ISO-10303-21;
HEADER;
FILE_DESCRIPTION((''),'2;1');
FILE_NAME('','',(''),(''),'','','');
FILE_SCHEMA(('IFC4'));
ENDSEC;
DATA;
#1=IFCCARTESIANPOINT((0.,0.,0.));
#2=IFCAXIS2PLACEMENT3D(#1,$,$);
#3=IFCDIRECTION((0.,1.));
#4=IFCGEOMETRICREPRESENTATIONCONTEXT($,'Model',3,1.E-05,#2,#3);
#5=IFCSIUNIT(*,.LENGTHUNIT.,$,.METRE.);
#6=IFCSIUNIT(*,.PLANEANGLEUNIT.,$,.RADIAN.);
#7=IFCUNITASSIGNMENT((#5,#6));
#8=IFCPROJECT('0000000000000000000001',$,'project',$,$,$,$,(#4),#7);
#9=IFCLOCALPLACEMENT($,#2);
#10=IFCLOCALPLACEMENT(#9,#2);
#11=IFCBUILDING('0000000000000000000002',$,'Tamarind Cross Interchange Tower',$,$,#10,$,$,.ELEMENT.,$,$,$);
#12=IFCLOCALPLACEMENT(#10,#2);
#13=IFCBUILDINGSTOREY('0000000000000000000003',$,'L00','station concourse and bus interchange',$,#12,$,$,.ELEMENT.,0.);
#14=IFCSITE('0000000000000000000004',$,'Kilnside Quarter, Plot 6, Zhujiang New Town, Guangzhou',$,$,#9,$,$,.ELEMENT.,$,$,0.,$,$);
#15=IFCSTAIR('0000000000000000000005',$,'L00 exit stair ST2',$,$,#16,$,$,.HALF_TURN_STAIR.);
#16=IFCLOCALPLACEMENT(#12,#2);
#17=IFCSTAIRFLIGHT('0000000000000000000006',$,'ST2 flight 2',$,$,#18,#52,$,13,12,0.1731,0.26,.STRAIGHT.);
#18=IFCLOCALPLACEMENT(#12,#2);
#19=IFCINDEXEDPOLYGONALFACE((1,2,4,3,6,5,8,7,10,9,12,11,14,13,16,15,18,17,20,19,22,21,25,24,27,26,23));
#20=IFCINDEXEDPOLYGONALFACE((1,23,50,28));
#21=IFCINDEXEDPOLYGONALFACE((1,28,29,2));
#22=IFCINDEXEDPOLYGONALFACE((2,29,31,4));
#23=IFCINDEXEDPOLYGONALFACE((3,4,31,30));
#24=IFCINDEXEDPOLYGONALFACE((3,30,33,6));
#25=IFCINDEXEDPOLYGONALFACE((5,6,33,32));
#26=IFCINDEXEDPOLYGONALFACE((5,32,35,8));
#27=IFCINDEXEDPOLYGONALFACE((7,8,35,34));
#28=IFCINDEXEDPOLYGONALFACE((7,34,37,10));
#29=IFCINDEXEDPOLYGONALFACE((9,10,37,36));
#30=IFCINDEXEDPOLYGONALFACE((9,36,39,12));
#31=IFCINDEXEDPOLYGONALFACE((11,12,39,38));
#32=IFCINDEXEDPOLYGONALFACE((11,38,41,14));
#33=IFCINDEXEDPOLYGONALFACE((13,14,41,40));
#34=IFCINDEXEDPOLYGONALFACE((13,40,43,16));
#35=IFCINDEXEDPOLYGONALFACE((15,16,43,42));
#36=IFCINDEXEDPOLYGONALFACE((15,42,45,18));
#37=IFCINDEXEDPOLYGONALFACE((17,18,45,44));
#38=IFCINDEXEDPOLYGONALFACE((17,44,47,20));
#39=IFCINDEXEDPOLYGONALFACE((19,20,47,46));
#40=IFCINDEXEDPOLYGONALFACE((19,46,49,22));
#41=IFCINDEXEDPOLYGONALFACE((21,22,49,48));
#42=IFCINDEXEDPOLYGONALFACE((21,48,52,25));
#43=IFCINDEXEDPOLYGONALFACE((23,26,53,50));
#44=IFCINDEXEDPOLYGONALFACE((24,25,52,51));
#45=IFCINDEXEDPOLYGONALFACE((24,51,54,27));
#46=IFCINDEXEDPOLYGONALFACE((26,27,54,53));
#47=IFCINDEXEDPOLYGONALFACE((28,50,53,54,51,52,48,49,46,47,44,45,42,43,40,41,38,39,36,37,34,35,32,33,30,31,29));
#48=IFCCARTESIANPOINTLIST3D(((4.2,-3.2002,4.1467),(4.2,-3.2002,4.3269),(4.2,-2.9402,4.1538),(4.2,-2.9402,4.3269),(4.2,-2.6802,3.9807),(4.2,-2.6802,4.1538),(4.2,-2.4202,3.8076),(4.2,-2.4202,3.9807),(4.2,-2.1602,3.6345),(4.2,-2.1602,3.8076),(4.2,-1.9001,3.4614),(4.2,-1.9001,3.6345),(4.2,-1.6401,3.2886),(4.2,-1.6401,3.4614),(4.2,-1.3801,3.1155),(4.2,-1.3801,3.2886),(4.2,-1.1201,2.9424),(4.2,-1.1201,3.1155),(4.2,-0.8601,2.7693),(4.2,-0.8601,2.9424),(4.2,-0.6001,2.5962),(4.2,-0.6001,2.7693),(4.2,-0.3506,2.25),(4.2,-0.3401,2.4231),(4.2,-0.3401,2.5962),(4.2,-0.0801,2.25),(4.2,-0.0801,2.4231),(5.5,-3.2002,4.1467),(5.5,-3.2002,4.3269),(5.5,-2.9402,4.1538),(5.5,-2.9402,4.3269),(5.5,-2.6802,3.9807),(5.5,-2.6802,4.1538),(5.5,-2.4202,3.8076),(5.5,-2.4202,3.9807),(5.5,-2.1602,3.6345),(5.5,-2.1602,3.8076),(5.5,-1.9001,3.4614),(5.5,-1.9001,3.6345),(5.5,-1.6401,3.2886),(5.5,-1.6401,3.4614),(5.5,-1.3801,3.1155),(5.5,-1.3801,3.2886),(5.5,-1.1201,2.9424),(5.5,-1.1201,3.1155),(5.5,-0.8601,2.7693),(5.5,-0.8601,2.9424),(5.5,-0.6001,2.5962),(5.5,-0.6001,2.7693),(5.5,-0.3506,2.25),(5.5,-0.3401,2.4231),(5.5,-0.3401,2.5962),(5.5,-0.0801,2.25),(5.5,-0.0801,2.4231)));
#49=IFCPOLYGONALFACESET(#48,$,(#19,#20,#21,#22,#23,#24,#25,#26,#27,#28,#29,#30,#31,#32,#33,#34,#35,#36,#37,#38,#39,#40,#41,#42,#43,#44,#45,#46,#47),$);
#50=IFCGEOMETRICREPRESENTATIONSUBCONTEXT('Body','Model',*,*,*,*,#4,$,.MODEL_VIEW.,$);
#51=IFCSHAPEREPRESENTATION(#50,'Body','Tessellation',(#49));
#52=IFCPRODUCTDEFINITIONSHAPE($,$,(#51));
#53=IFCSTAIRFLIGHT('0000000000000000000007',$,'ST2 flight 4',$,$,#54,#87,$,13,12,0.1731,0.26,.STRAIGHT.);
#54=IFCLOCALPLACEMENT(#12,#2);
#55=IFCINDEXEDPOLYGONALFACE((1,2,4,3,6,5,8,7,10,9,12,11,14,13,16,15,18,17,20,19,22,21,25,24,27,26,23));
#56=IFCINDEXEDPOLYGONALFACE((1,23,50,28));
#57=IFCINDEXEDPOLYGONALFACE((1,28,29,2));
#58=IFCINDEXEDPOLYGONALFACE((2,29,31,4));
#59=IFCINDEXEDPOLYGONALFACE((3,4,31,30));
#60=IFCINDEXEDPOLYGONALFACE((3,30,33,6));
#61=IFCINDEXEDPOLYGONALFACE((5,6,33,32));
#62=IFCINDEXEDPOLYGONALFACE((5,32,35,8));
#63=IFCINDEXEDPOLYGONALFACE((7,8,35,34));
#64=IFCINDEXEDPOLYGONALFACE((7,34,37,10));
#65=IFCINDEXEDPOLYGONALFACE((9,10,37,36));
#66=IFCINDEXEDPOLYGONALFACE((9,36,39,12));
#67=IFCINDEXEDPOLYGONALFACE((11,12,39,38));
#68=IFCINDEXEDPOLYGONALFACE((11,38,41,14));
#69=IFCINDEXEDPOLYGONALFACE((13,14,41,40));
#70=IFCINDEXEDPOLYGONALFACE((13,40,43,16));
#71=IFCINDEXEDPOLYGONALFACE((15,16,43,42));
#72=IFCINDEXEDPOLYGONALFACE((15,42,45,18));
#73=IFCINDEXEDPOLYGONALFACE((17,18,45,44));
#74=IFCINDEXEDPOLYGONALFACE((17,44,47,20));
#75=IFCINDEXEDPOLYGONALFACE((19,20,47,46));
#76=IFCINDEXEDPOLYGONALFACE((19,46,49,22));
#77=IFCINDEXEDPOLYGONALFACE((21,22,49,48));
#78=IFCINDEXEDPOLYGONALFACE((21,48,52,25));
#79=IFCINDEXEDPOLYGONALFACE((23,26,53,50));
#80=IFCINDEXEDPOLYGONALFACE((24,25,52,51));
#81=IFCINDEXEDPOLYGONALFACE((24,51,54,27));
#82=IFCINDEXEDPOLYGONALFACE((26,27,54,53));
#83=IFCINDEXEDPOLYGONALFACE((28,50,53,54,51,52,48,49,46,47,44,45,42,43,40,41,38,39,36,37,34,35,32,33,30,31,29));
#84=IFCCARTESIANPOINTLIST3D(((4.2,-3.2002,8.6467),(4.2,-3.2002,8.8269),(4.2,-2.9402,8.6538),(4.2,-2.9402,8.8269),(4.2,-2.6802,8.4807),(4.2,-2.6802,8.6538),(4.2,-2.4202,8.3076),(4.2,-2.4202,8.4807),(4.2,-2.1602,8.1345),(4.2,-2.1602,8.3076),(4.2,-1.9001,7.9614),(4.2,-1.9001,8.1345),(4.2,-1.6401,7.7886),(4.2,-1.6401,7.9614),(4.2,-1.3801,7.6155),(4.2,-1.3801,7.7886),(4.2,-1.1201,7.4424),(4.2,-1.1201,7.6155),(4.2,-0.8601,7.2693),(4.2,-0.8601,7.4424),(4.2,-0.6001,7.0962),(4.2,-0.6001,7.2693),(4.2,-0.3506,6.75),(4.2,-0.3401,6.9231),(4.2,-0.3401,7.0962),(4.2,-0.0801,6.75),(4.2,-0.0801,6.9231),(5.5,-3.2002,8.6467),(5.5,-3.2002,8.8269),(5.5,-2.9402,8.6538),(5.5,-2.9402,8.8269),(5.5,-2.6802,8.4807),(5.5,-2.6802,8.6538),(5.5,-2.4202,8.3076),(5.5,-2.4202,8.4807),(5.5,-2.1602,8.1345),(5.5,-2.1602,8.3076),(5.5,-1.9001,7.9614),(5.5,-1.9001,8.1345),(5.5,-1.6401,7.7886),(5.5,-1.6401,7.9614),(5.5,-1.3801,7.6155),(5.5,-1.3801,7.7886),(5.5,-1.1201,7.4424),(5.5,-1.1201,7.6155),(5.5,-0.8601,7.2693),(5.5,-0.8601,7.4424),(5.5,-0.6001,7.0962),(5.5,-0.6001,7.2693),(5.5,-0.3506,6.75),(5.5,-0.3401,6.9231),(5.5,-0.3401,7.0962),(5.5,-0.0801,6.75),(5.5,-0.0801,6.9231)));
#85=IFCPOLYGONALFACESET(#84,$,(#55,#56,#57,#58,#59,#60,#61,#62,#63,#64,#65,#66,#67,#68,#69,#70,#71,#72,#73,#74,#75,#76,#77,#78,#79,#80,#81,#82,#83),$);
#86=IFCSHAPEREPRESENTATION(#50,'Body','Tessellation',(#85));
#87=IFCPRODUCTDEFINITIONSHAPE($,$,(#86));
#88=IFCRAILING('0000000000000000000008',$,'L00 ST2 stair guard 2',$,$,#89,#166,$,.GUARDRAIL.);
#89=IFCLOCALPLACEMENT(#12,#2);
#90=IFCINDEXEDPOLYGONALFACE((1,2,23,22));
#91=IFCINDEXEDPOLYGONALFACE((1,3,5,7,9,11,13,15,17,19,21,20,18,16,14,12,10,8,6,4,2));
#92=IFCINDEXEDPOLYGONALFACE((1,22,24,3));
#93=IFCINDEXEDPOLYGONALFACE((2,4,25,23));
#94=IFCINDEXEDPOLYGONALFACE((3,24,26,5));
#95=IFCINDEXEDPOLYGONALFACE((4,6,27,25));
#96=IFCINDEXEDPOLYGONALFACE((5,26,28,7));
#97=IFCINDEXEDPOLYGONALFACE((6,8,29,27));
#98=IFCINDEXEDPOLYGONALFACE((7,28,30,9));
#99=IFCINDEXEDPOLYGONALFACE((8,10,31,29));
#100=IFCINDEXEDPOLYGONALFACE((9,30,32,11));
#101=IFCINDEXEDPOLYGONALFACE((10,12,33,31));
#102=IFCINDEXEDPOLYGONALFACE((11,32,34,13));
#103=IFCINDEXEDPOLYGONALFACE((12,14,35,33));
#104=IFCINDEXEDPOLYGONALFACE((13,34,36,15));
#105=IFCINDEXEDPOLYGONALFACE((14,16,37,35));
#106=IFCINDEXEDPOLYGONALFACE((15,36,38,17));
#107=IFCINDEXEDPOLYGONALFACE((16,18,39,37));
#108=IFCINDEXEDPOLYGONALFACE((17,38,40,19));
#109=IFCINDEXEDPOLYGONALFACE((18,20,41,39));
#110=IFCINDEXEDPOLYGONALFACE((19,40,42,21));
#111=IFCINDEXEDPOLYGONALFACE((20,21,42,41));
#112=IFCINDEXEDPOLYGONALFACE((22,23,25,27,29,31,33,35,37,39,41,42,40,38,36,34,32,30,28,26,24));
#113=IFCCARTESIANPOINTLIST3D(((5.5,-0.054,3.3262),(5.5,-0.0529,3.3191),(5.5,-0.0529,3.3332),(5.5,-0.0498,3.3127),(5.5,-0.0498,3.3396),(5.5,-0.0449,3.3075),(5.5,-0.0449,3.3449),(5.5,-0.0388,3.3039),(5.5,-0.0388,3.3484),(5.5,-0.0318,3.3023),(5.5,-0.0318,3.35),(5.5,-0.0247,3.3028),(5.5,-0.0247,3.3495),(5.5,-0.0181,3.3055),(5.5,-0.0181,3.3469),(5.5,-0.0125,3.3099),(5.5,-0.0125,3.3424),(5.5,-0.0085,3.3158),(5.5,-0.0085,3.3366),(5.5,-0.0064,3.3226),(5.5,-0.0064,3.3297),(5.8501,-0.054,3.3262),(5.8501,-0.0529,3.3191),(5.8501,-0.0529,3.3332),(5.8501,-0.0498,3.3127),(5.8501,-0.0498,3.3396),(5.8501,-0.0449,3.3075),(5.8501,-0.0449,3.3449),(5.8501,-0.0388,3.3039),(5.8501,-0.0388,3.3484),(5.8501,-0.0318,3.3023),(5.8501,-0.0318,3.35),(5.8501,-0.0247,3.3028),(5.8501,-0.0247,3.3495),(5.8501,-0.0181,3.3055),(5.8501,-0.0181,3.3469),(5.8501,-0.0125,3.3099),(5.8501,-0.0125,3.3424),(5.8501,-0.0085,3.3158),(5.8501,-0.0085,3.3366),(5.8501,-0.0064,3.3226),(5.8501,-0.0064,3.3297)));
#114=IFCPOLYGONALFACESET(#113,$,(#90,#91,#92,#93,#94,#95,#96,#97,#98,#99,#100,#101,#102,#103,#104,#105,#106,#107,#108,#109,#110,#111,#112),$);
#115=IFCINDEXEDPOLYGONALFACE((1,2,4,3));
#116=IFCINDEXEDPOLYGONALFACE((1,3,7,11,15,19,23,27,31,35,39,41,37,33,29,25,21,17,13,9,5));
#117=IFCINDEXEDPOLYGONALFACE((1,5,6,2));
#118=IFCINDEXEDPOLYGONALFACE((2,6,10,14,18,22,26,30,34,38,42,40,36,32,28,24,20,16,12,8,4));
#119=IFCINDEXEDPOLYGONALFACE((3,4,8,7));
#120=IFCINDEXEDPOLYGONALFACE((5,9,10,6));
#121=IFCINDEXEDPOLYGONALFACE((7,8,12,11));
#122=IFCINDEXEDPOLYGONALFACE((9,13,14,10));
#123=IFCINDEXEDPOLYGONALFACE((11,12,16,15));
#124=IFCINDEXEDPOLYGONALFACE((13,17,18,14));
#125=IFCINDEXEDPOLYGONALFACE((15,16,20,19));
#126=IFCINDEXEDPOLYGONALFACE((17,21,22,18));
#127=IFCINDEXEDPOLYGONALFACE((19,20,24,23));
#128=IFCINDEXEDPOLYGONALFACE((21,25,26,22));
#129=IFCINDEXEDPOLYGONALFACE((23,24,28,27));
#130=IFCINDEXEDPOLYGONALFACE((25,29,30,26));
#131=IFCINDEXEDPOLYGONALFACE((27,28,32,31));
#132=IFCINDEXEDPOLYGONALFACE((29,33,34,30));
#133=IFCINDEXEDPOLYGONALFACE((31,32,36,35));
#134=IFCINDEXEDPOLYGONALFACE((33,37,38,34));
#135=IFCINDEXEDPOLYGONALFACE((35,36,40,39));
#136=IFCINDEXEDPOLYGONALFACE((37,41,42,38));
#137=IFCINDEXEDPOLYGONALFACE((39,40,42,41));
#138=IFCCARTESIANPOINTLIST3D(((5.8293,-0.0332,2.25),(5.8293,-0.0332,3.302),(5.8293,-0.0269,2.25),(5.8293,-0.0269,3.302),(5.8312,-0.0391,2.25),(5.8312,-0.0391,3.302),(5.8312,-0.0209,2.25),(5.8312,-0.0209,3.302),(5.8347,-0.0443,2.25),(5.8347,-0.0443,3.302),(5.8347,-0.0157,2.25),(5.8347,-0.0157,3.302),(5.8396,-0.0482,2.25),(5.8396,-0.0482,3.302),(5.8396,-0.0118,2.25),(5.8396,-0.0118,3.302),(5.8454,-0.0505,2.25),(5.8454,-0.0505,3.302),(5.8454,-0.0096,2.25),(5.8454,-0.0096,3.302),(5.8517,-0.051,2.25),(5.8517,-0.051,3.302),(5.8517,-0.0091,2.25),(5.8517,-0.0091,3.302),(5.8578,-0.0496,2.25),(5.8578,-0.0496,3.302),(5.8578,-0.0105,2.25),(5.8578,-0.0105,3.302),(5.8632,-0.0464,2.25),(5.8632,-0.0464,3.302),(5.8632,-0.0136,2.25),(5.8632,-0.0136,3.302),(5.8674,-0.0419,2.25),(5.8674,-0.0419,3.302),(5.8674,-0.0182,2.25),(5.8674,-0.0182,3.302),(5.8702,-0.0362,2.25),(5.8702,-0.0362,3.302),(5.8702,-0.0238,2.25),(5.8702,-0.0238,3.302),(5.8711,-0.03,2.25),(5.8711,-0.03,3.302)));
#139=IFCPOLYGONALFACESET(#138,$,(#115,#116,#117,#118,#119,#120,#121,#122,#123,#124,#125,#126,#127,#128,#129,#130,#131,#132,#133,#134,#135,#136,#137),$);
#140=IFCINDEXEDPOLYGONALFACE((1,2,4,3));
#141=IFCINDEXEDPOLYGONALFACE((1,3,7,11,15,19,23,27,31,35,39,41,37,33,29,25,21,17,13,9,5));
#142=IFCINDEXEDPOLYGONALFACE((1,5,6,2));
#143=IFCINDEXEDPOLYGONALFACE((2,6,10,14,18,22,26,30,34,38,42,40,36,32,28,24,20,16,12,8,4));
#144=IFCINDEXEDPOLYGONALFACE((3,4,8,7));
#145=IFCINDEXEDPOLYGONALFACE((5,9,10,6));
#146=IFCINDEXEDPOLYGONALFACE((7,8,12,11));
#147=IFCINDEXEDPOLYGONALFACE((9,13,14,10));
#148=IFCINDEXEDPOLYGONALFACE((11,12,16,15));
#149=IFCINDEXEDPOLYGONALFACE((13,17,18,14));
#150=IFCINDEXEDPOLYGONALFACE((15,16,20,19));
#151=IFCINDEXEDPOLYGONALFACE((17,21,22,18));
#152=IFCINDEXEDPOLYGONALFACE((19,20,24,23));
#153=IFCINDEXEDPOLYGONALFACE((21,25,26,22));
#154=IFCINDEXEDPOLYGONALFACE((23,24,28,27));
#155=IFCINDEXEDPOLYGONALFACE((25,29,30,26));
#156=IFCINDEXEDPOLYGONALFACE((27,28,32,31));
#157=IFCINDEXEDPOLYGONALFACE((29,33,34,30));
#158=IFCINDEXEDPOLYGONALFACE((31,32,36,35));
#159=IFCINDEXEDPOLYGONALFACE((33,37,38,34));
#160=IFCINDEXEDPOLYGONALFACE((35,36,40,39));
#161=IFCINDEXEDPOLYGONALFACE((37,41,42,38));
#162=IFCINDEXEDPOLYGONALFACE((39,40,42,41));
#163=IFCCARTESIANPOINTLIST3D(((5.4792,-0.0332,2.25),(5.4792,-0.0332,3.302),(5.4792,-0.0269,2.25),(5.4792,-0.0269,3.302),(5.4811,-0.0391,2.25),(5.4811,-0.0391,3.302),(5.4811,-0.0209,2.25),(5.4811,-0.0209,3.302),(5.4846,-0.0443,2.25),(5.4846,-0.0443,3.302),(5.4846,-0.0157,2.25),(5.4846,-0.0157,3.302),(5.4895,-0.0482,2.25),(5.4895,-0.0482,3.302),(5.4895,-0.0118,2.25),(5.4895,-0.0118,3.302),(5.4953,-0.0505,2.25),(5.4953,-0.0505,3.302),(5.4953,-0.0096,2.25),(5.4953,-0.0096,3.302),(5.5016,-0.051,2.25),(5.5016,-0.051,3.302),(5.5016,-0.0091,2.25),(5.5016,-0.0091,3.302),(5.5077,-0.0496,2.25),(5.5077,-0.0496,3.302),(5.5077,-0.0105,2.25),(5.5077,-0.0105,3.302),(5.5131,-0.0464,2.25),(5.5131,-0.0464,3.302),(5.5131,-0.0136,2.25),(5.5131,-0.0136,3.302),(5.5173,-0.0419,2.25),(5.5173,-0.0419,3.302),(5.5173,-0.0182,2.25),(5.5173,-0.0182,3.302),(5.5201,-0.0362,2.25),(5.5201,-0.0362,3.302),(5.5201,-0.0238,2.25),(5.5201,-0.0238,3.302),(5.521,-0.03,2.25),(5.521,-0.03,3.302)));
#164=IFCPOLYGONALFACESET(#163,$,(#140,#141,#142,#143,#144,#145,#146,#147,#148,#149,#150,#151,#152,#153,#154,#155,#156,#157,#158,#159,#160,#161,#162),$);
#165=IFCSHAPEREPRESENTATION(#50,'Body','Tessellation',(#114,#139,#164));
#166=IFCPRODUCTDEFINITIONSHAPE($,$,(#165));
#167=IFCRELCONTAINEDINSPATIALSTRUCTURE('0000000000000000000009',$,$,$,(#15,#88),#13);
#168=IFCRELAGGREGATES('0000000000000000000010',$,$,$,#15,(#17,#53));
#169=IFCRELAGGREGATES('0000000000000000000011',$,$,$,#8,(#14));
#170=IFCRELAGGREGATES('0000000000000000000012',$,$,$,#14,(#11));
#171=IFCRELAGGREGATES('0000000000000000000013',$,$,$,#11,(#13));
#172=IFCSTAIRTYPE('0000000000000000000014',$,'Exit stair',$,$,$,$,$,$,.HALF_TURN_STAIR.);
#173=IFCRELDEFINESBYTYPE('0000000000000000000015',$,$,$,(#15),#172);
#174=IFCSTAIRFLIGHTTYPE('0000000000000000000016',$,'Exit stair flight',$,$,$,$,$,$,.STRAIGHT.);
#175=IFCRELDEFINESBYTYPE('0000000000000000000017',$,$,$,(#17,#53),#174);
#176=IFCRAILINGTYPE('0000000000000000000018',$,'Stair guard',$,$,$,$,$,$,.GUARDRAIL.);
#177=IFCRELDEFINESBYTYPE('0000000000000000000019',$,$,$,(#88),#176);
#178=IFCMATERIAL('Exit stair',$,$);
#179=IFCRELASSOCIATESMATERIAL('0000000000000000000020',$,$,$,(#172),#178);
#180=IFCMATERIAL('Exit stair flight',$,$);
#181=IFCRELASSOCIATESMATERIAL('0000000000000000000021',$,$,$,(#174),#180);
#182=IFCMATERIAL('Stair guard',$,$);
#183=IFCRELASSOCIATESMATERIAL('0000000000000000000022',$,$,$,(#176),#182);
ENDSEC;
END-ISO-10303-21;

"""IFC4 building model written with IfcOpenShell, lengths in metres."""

from ifc_helpers import new_model, si_unit, direction, frame, origin, origin_2d, place, context, subcontext, project, spatial, polyline, circle, outline, extrude, material, type_object, element, aggregate, save


model = new_model("IFC4")

# Units and contexts
model_context = context("Model", 3, precision=1e-05, world=origin(), true_north=direction((0.0, 1.0)))
body_context = subcontext(model_context, "Body", "Model", "MODEL_VIEW")
ifc_project = project(units=[si_unit("LENGTHUNIT", "METRE"), si_unit("PLANEANGLEUNIT", "RADIAN")], contexts=[model_context])

# Site, building, storey
site_placement = place(None, origin())
site = spatial("IfcSite", under=ifc_project, at=site_placement, Name="Kilnside Quarter, Plot 6, Zhujiang New Town, Guangzhou", CompositionType="ELEMENT", RefElevation=0.0)
building_placement = place(site_placement, origin())
building = spatial("IfcBuilding", under=site, at=building_placement, Name="Tamarind Cross Interchange Tower", CompositionType="ELEMENT")
storey_placement = place(building_placement, origin())
storey = spatial("IfcBuildingStorey", under=building, at=storey_placement, Name="L00", Description="station concourse and bus interchange", CompositionType="ELEMENT", Elevation=0.0)

# Stair, stair flights
ifc_material_1 = material(Name="Exit stair")
stair_type = type_object("IfcStairType", Name="Exit stair", PredefinedType="HALF_TURN_STAIR", material=ifc_material_1)
stair_placement = place(storey_placement, origin())
stair = element("IfcStair", 1, at=stair_placement, inside=storey, type_object=stair_type, Name="L00 exit stair ST2", PredefinedType="HALF_TURN_STAIR")
ifc_material_2 = material(Name="Exit stair flight")
stair_flight_type = type_object("IfcStairFlightType", Name="Exit stair flight", PredefinedType="STRAIGHT", material=ifc_material_2)
stair_flight_1_placement = place(storey_placement, frame((4.8501, -0.0801, 2.25), z_axis=(0.0, 0.0, 1.0), x_axis=(0.0, -1.0, 0.0)))
stair_flight_1 = element("IfcStairFlight", 2, at=stair_flight_1_placement, type_object=stair_flight_type, Name="ST2 flight 2", NumberOfRisers=13, NumberOfTreads=12, PredefinedType="STRAIGHT", RiserHeight=0.1731, TreadLength=0.26, context=body_context, shape_type="SweptSolid", body=[
    extrude(outline(polyline([(0.0, 0.0), (0.0, 0.1731), (0.26, 0.1731), (0.26, 0.3462), (0.52, 0.3462), (0.52, 0.5193), (0.78, 0.5193), (0.78, 0.6924), (1.04, 0.6924), (1.04, 0.8655), (1.3, 0.8655), (1.3, 1.0386), (1.5601, 1.0386), (1.5601, 1.2114), (1.8201, 1.2114), (1.8201, 1.3845), (2.0801, 1.3845), (2.0801, 1.5576), (2.3401, 1.5576), (2.3401, 1.7307), (2.6001, 1.7307), (2.6001, 1.9038), (2.8601, 1.9038), (2.8601, 2.0769), (3.1201, 2.0769), (3.1201, 2.25), (3.1201, 1.8967), (0.2705, 0.0), (0.0, 0.0)])), frame((0.0, 0.6499, 0.0), z_axis=(0.0, -1.0, 0.0), x_axis=(1.0, 0.0, 0.0)), (0.0, 0.0, 1.0), 1.3),
])
stair_flight_2_placement = place(storey_placement, frame((4.8501, -0.0801, 6.75), z_axis=(0.0, 0.0, 1.0), x_axis=(0.0, -1.0, 0.0)))
stair_flight_2 = element("IfcStairFlight", 3, at=stair_flight_2_placement, type_object=stair_flight_type, Name="ST2 flight 4", NumberOfRisers=13, NumberOfTreads=12, PredefinedType="STRAIGHT", RiserHeight=0.1731, TreadLength=0.26, context=body_context, shape_type="SweptSolid", body=[
    extrude(outline(polyline([(0.0, 0.0), (0.0, 0.1731), (0.26, 0.1731), (0.26, 0.3462), (0.52, 0.3462), (0.52, 0.5193), (0.78, 0.5193), (0.78, 0.6924), (1.04, 0.6924), (1.04, 0.8655), (1.3, 0.8655), (1.3, 1.0386), (1.5601, 1.0386), (1.5601, 1.2114), (1.8201, 1.2114), (1.8201, 1.3845), (2.0801, 1.3845), (2.0801, 1.5576), (2.3401, 1.5576), (2.3401, 1.7307), (2.6001, 1.7307), (2.6001, 1.9038), (2.8601, 1.9038), (2.8601, 2.0769), (3.1201, 2.0769), (3.1201, 2.25), (3.1201, 1.8967), (0.2705, 0.0), (0.0, 0.0)])), frame((0.0, 0.6499, 0.0), z_axis=(0.0, -1.0, 0.0), x_axis=(1.0, 0.0, 0.0)), (0.0, 0.0, 1.0), 1.3),
])
aggregate(stair, [stair_flight_1, stair_flight_2])

# Railing
ifc_material_3 = material(Name="Stair guard")
railing_type_1 = type_object("IfcRailingType", Name="Stair guard", PredefinedType="GUARDRAIL", material=ifc_material_3)
railing_1_placement = place(storey_placement, frame((5.8501, -0.03, 2.25)))
element("IfcRailing", 4, at=railing_1_placement, inside=storey, type_object=railing_type_1, Name="L00 ST2 stair guard 2", PredefinedType="GUARDRAIL", context=body_context, shape_type="SweptSolid", body=[
    extrude(circle(Radius=0.0239, at=origin_2d()), frame((0.0, 0.0, 1.0762), z_axis=(-1.0, 0.0, 0.0), x_axis=(0.0, -1.0, 0.0)), (0.0, 0.0, 1.0), 0.3501),
    extrude(circle(Radius=0.021, at=origin_2d()), origin(), (0.0, 0.0, 1.0), 1.052),
    extrude(circle(Radius=0.021, at=origin_2d()), frame((-0.3501, 0.0, 0.0)), (0.0, 0.0, 1.0), 1.052),
])

save(model, "model.ifc")
